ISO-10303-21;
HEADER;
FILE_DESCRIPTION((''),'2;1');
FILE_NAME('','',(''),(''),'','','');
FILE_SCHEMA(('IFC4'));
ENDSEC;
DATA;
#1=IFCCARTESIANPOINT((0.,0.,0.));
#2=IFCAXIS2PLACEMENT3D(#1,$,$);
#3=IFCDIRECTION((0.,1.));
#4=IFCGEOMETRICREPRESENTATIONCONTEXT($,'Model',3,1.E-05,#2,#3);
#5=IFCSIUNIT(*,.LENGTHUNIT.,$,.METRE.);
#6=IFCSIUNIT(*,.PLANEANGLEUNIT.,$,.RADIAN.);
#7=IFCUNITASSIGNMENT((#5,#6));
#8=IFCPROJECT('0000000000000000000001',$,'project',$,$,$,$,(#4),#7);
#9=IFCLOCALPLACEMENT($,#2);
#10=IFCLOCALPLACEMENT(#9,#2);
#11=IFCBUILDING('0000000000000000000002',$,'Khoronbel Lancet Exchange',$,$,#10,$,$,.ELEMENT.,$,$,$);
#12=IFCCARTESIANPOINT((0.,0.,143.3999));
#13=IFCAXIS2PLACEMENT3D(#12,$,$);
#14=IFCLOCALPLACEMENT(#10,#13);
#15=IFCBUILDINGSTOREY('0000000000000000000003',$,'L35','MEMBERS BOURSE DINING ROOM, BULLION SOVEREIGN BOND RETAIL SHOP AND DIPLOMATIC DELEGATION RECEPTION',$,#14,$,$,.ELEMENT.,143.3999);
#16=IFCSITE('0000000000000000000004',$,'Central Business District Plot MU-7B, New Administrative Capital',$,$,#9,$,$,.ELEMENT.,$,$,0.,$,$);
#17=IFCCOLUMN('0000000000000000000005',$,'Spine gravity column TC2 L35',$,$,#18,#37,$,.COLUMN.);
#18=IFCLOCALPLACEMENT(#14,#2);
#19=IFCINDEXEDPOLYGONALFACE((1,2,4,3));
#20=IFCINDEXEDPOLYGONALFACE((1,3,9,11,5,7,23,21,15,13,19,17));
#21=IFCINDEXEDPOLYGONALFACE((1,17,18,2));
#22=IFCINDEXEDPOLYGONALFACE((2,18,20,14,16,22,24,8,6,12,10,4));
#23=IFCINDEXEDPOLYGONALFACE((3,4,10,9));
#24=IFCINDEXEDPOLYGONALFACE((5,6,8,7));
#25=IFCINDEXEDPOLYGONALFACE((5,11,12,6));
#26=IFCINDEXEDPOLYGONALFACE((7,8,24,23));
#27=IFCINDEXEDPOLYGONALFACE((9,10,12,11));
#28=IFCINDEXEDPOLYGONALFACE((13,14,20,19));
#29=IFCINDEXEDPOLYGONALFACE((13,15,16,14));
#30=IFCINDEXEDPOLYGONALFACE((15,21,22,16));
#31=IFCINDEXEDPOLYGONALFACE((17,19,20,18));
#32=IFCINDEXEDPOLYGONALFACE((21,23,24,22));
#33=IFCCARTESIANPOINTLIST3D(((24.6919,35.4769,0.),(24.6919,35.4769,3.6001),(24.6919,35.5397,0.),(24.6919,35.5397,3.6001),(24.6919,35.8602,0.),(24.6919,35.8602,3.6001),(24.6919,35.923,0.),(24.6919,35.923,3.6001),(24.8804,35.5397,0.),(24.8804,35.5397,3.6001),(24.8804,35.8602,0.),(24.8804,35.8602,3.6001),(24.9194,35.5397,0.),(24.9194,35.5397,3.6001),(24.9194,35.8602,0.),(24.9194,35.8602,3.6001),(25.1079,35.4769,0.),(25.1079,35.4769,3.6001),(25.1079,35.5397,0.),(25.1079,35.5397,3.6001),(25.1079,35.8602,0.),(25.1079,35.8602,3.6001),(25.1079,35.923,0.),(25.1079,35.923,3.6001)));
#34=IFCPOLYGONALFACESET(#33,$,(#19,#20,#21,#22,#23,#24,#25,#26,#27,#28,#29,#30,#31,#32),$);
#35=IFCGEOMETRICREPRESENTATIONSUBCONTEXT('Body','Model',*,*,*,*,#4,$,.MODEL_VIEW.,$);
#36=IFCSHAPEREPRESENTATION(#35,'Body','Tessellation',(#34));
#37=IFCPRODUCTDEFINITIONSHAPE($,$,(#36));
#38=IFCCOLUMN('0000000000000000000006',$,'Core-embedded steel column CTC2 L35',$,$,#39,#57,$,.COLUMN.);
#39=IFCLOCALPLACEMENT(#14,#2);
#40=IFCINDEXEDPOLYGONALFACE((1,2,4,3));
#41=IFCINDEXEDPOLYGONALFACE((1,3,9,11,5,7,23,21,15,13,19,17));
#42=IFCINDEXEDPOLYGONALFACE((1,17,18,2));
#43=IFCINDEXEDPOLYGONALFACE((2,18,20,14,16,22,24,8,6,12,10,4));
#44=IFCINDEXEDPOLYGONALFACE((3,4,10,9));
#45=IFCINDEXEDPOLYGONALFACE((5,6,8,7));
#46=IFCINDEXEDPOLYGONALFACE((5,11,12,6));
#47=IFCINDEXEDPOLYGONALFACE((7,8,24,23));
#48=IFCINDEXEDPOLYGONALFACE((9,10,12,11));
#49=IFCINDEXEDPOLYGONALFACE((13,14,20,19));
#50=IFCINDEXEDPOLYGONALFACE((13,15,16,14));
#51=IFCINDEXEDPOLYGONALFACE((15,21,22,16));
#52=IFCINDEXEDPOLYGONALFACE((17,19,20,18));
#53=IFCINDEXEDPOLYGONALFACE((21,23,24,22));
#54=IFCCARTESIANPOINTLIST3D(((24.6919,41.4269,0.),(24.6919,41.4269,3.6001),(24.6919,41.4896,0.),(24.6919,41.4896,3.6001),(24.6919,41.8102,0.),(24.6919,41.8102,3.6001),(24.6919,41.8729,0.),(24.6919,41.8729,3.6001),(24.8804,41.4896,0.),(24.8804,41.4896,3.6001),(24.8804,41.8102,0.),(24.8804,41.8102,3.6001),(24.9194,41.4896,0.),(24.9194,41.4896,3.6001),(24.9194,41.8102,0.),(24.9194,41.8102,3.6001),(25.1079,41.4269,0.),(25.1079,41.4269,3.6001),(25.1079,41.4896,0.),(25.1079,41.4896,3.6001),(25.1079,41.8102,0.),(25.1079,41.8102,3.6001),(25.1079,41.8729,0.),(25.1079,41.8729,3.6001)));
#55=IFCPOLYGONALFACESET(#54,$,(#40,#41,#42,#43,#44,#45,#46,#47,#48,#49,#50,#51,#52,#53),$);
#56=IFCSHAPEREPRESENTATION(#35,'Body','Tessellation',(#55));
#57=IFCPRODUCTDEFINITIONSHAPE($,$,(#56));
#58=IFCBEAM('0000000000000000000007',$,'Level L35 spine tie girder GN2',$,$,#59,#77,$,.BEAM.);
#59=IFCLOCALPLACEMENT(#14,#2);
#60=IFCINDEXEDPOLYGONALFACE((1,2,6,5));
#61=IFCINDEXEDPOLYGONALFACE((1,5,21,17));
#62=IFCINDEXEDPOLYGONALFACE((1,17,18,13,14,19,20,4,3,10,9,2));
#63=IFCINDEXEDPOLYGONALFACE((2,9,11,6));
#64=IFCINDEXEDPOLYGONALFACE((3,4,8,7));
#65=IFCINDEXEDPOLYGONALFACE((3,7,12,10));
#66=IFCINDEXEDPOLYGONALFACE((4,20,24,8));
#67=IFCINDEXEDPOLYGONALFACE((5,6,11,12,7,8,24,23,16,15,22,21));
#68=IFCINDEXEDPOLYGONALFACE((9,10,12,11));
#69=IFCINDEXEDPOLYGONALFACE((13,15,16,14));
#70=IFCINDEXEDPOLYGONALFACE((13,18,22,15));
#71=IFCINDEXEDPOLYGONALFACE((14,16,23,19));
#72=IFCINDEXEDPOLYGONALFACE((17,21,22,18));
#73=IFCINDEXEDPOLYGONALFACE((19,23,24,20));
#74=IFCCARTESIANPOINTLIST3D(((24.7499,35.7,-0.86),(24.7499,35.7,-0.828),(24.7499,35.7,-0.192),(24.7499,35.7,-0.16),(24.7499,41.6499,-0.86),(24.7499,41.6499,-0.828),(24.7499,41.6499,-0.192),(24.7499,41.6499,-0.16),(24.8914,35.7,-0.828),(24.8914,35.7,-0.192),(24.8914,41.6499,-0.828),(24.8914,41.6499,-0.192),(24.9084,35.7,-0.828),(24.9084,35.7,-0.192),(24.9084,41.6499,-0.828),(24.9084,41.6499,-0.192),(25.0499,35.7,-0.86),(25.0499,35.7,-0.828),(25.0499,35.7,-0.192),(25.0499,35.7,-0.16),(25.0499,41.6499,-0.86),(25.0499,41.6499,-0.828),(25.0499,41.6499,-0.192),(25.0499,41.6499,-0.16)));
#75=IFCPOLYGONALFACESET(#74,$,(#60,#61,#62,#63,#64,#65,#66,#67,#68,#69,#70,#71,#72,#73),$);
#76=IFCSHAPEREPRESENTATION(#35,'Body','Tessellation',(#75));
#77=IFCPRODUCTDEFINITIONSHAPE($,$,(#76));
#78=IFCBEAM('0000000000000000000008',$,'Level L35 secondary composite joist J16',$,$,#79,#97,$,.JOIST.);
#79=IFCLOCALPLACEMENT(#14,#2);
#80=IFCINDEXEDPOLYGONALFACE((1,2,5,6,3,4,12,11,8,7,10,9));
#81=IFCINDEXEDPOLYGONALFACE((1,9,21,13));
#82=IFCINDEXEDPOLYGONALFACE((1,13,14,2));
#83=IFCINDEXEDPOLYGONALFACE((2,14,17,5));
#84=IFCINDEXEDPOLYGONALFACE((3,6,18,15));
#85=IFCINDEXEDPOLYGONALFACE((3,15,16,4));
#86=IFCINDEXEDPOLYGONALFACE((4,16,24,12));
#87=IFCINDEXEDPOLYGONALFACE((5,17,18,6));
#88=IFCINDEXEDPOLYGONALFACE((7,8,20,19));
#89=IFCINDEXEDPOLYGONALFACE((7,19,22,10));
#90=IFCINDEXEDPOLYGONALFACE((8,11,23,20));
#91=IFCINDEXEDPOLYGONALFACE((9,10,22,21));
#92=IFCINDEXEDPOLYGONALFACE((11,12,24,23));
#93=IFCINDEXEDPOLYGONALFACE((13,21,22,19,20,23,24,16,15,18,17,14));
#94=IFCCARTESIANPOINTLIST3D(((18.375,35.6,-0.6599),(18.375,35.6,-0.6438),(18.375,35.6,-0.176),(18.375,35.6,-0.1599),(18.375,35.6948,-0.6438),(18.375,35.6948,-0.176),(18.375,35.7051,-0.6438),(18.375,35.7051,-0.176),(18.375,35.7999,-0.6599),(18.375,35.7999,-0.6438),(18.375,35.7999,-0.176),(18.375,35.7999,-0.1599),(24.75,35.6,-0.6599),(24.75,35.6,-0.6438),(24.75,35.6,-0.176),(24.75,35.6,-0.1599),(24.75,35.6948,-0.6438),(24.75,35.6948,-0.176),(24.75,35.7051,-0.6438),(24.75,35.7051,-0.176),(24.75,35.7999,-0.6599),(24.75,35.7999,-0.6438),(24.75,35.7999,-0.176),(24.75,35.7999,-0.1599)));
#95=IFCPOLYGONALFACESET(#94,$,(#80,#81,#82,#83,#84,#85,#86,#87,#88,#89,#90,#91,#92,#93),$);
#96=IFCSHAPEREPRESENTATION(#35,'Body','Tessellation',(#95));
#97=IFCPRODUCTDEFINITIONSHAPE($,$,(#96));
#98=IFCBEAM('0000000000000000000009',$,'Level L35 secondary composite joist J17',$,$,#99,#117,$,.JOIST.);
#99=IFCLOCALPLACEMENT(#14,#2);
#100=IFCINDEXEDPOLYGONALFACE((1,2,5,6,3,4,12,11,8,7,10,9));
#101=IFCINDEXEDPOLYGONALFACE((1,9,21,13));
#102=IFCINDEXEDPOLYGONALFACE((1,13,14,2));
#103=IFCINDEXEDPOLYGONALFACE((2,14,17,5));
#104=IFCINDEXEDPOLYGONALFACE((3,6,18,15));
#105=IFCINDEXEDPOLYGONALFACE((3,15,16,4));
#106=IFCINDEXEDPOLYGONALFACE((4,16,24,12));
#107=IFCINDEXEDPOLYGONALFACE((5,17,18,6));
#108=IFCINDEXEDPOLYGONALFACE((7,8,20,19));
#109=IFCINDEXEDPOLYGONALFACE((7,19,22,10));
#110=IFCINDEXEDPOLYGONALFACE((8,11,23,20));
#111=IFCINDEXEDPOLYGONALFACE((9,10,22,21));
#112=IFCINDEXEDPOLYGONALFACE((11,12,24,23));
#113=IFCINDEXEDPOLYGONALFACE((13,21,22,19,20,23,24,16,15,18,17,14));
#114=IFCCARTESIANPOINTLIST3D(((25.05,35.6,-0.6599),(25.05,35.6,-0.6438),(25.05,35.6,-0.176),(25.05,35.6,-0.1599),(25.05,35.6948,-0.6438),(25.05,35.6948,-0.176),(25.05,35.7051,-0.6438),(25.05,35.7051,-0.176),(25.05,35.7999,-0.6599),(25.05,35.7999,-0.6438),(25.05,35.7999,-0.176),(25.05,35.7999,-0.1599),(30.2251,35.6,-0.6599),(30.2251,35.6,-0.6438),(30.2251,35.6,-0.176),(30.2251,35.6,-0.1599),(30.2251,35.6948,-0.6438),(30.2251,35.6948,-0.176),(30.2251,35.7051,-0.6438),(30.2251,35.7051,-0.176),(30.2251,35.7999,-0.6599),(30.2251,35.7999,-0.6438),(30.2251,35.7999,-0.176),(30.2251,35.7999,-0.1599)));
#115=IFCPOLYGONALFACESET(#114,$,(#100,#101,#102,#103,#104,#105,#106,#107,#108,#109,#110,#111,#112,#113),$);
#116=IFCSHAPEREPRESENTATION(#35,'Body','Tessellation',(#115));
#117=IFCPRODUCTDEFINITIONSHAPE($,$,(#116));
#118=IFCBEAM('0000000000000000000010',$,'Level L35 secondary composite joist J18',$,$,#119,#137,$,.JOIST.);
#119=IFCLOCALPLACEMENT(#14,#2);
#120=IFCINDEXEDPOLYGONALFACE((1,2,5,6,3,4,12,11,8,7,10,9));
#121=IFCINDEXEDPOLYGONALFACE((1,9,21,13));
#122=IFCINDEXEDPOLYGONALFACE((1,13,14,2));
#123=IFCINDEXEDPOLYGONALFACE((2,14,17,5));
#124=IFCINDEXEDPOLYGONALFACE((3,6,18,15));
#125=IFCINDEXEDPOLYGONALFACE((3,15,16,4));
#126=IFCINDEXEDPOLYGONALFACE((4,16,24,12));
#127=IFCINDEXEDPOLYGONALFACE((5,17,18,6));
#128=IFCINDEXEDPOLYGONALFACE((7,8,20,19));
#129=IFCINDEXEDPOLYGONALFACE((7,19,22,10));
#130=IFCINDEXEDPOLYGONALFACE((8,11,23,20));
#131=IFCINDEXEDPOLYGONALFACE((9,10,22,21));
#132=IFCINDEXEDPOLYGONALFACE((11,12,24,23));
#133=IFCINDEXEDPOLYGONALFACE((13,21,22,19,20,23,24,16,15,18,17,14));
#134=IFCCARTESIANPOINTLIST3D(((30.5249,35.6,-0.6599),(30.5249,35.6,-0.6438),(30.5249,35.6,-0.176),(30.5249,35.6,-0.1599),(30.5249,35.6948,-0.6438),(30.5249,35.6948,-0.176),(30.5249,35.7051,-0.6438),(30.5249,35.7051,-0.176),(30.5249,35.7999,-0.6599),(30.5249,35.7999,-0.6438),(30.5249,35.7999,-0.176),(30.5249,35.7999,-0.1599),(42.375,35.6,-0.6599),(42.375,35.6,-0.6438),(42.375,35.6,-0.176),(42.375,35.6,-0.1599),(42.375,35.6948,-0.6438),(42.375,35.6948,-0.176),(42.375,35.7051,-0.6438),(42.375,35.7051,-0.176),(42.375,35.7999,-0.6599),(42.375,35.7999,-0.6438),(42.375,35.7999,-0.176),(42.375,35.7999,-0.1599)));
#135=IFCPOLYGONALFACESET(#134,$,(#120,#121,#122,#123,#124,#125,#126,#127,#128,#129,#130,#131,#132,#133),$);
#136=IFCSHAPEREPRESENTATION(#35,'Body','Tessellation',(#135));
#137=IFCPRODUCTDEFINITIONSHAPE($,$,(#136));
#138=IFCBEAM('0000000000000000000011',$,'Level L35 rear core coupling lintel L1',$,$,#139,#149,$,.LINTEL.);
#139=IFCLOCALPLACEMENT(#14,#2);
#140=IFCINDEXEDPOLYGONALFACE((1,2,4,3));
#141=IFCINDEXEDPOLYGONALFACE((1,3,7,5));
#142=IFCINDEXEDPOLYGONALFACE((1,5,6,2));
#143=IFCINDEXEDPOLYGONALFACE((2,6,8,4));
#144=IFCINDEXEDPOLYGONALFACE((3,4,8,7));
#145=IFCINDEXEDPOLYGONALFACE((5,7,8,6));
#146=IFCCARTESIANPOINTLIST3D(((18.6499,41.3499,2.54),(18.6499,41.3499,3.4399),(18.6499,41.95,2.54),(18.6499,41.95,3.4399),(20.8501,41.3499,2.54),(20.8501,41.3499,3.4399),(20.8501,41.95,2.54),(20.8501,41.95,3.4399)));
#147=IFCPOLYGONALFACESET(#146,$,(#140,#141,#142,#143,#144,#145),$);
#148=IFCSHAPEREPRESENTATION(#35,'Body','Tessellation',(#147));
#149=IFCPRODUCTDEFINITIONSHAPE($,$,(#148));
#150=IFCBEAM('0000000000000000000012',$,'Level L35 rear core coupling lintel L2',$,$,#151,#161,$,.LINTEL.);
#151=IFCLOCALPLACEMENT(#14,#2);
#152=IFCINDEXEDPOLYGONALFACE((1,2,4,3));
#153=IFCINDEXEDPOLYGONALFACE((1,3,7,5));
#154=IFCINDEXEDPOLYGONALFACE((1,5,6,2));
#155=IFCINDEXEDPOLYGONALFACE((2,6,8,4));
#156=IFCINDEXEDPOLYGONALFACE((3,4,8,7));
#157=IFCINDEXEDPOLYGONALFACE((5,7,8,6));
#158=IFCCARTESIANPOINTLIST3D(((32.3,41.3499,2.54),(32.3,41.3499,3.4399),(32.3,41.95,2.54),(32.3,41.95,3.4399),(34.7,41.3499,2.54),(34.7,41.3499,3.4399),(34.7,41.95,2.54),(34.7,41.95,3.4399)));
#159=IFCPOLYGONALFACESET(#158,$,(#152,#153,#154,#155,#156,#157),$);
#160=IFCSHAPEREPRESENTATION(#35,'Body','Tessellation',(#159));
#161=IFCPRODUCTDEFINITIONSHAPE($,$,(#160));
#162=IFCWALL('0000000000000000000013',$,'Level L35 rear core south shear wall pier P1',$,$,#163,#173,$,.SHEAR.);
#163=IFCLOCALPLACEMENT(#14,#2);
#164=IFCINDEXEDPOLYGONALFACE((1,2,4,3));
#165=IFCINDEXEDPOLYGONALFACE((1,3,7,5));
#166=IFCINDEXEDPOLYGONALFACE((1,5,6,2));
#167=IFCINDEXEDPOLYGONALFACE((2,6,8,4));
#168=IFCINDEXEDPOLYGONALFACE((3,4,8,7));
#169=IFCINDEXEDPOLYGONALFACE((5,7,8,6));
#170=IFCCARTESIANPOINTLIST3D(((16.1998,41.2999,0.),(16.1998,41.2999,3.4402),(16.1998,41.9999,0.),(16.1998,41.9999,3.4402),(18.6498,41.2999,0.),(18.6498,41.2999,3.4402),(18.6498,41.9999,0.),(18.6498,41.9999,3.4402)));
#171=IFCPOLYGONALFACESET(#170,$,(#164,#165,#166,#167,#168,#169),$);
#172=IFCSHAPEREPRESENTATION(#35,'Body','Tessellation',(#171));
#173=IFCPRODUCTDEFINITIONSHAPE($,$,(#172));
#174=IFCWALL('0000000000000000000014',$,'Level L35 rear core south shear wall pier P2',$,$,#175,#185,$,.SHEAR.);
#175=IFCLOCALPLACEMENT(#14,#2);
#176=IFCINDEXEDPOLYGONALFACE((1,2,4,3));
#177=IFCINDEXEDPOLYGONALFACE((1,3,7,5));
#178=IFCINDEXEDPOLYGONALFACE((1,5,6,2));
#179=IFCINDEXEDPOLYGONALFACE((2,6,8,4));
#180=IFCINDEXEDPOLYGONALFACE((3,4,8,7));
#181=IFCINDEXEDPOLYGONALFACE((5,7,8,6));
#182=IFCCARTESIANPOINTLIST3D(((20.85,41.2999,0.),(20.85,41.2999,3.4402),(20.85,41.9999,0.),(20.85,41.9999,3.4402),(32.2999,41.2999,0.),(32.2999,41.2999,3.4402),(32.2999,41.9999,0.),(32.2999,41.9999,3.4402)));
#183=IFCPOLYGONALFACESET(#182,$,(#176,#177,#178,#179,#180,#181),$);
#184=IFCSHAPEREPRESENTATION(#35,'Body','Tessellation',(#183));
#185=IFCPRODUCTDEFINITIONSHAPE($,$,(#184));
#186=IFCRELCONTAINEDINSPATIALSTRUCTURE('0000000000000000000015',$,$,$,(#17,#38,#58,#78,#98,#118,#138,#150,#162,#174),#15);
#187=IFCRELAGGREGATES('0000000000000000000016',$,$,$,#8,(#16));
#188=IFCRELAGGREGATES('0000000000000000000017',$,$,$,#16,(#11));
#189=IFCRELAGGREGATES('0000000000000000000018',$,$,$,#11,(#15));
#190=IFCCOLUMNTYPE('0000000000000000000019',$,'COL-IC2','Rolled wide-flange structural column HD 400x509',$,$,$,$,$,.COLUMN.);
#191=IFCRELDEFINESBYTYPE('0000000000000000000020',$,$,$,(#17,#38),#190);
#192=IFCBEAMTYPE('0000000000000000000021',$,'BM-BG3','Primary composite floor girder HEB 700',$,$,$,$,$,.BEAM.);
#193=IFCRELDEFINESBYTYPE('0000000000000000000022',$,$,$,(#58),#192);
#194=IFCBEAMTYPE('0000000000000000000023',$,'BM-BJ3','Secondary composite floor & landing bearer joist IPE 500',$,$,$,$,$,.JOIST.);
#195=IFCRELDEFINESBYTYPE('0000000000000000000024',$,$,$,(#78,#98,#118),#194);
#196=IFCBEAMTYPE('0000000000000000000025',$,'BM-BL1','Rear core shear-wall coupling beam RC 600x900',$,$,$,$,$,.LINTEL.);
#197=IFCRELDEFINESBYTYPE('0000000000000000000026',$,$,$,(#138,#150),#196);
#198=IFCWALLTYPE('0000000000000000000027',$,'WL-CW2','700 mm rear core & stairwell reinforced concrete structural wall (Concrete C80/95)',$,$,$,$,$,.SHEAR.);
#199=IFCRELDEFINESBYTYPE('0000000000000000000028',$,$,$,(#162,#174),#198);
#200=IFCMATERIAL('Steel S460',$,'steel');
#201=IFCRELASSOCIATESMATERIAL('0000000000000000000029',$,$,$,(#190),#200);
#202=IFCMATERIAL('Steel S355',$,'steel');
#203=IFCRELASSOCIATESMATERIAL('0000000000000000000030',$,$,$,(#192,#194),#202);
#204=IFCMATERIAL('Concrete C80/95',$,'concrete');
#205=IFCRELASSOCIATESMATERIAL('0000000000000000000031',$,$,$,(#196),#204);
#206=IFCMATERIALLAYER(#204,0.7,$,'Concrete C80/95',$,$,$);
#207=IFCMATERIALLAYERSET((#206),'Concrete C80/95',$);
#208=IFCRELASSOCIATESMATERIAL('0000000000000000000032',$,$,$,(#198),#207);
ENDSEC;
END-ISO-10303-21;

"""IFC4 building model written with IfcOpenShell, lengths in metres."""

from ifc_helpers import new_model, si_unit, direction, frame, frame_2d, origin, origin_2d, place, context, subcontext, project, spatial, rectangle, i_section, extrude, material, layer, layer_set, material_profile, profile_set, type_object, element, save


model = new_model("IFC4")

# Units and contexts
model_context = context("Model", 3, precision=1e-05, world=origin(), true_north=direction((0.0, 1.0)))
body_context = subcontext(model_context, "Body", "Model", "MODEL_VIEW")
ifc_project = project(units=[si_unit("LENGTHUNIT", "METRE"), si_unit("PLANEANGLEUNIT", "RADIAN")], contexts=[model_context])

# Site, building, storey
site_placement = place(None, origin())
site = spatial("IfcSite", under=ifc_project, at=site_placement, Name="Central Business District Plot MU-7B, New Administrative Capital", CompositionType="ELEMENT", RefElevation=0.0)
building_placement = place(site_placement, origin())
building = spatial("IfcBuilding", under=site, at=building_placement, Name="Khoronbel Lancet Exchange", CompositionType="ELEMENT")
storey_placement = place(building_placement, frame((0.0, 0.0, 143.3999)))
storey = spatial("IfcBuildingStorey", under=building, at=storey_placement, Name="L35", Description="MEMBERS BOURSE DINING ROOM, BULLION SOVEREIGN BOND RETAIL SHOP AND DIPLOMATIC DELEGATION RECEPTION", CompositionType="ELEMENT", Elevation=143.3999)

# Columns
ifc_material_1 = material(Name="Steel S460", Category="steel")
ifc_material_profile_1 = material_profile(ifc_material_1, i_section(OverallWidth=0.416, OverallDepth=0.446, WebThickness=0.0391, FlangeThickness=0.0627, at=origin_2d()), Name="HD 400x509")
ifc_profile_set_1 = profile_set([ifc_material_profile_1], Name="Steel S460")
column_type = type_object("IfcColumnType", Name="COL-IC2", Description="Rolled wide-flange structural column HD 400x509", PredefinedType="COLUMN", material=ifc_profile_set_1)
for number, where, z_axis, x_axis, name in (
    (1, (24.8999, 35.7, 0.0), (0.0, 0.0, 1.0), (1.0, 0.0, 0.0), "Spine gravity column TC2 L35"),
    (2, (24.8999, 41.6499, 0.0), (0.0, 0.0, 1.0), (1.0, 0.0, 0.0), "Core-embedded steel column CTC2 L35"),
):
    element("IfcColumn", number, at=place(storey_placement, frame(where, z_axis=z_axis, x_axis=x_axis)), inside=storey, type_object=column_type, Name=name, PredefinedType="COLUMN", context=body_context, shape_type="SweptSolid", body=[
        extrude(i_section(OverallWidth=0.416, OverallDepth=0.446, WebThickness=0.0391, FlangeThickness=0.0627, at=origin_2d()), origin(), (0.0, 0.0, 1.0), 3.6001),
    ])

# Beams
ifc_material_2 = material(Name="Steel S355", Category="steel")
ifc_material_profile_2 = material_profile(ifc_material_2, i_section(OverallWidth=0.3, OverallDepth=0.7, WebThickness=0.0171, FlangeThickness=0.032, at=origin_2d()), Name="HEB 700")
ifc_profile_set_2 = profile_set([ifc_material_profile_2], Name="Steel S355")
beam_type_1 = type_object("IfcBeamType", Name="BM-BG3", Description="Primary composite floor girder HEB 700", PredefinedType="BEAM", material=ifc_profile_set_2)
beam_1_placement = place(storey_placement, frame((24.8999, 35.7, -0.51), z_axis=(0.0, 1.0, 0.0), x_axis=(-1.0, 0.0, 0.0)))
element("IfcBeam", 3, at=beam_1_placement, inside=storey, type_object=beam_type_1, Name="Level L35 spine tie girder GN2", PredefinedType="BEAM", context=body_context, shape_type="SweptSolid", body=[
    extrude(i_section(OverallWidth=0.3, OverallDepth=0.7, WebThickness=0.0171, FlangeThickness=0.032, at=origin_2d()), origin(), (0.0, 0.0, 1.0), 5.95),
])
ifc_material_profile_3 = material_profile(ifc_material_2, i_section(OverallWidth=0.2, OverallDepth=0.5, WebThickness=0.0103, FlangeThickness=0.0161, at=origin_2d()), Name="IPE 500")
ifc_profile_set_3 = profile_set([ifc_material_profile_3], Name="Steel S355")
beam_type_2 = type_object("IfcBeamType", Name="BM-BJ3", Description="Secondary composite floor & landing bearer joist IPE 500", PredefinedType="JOIST", material=ifc_profile_set_3)
beam_2_placement = place(storey_placement, frame((18.375, 35.7, -0.4099), z_axis=(1.0, 0.0, 0.0), x_axis=(0.0, 1.0, 0.0)))
element("IfcBeam", 4, at=beam_2_placement, inside=storey, type_object=beam_type_2, Name="Level L35 secondary composite joist J16", PredefinedType="JOIST", context=body_context, shape_type="SweptSolid", body=[
    extrude(i_section(OverallWidth=0.2, OverallDepth=0.5, WebThickness=0.0103, FlangeThickness=0.0161, at=origin_2d()), origin(), (0.0, 0.0, 1.0), 6.375),
])
beam_3_placement = place(storey_placement, frame((25.05, 35.7, -0.4099), z_axis=(1.0, 0.0, 0.0), x_axis=(0.0, 1.0, 0.0)))
element("IfcBeam", 5, at=beam_3_placement, inside=storey, type_object=beam_type_2, Name="Level L35 secondary composite joist J17", PredefinedType="JOIST", context=body_context, shape_type="SweptSolid", body=[
    extrude(i_section(OverallWidth=0.2, OverallDepth=0.5, WebThickness=0.0103, FlangeThickness=0.0161, at=origin_2d()), origin(), (0.0, 0.0, 1.0), 5.175),
])
beam_4_placement = place(storey_placement, frame((30.5249, 35.7, -0.4099), z_axis=(1.0, 0.0, 0.0), x_axis=(0.0, 1.0, 0.0)))
element("IfcBeam", 6, at=beam_4_placement, inside=storey, type_object=beam_type_2, Name="Level L35 secondary composite joist J18", PredefinedType="JOIST", context=body_context, shape_type="SweptSolid", body=[
    extrude(i_section(OverallWidth=0.2, OverallDepth=0.5, WebThickness=0.0103, FlangeThickness=0.0161, at=origin_2d()), origin(), (0.0, 0.0, 1.0), 11.8501),
])
ifc_material_3 = material(Name="Concrete C80/95", Category="concrete")
ifc_material_profile_4 = material_profile(ifc_material_3, rectangle(XDim=0.6001, YDim=0.8999, at=origin_2d()), Name="RC 600x900")
ifc_profile_set_4 = profile_set([ifc_material_profile_4], Name="Concrete C80/95")
beam_type_3 = type_object("IfcBeamType", Name="BM-BL1", Description="Rear core shear-wall coupling beam RC 600x900", PredefinedType="LINTEL", material=ifc_profile_set_4)
beam_5_placement = place(storey_placement, frame((18.6499, 41.6499, 2.99), z_axis=(1.0, 0.0, 0.0), x_axis=(0.0, 1.0, 0.0)))
element("IfcBeam", 7, at=beam_5_placement, inside=storey, type_object=beam_type_3, Name="Level L35 rear core coupling lintel L1", PredefinedType="LINTEL", context=body_context, shape_type="SweptSolid", body=[
    extrude(rectangle(XDim=0.6001, YDim=0.8999, at=origin_2d()), origin(), (0.0, 0.0, 1.0), 2.2002),
])
beam_6_placement = place(storey_placement, frame((32.3, 41.6499, 2.99), z_axis=(1.0, 0.0, 0.0), x_axis=(0.0, 1.0, 0.0)))
element("IfcBeam", 8, at=beam_6_placement, inside=storey, type_object=beam_type_3, Name="Level L35 rear core coupling lintel L2", PredefinedType="LINTEL", context=body_context, shape_type="SweptSolid", body=[
    extrude(rectangle(XDim=0.6001, YDim=0.8999, at=origin_2d()), origin(), (0.0, 0.0, 1.0), 2.3999),
])

# Walls
ifc_layer_1 = layer(ifc_material_3, 0.7, Name="Concrete C80/95")
ifc_layer_set_1 = layer_set([ifc_layer_1], Name="Concrete C80/95")
wall_type_1 = type_object("IfcWallType", Name="WL-CW2", Description="700 mm rear core & stairwell reinforced concrete structural wall (Concrete C80/95)", PredefinedType="SHEAR", material=ifc_layer_set_1)
wall_1_placement = place(storey_placement, frame((18.6499, 41.6499, 0.0), z_axis=(0.0, 0.0, 1.0), x_axis=(-1.0, 0.0, 0.0)))
element("IfcWall", 9, at=wall_1_placement, inside=storey, type_object=wall_type_1, Name="Level L35 rear core south shear wall pier P1", PredefinedType="SHEAR", context=body_context, shape_type="SweptSolid", body=[
    extrude(rectangle(XDim=2.45, YDim=0.7, at=frame_2d((1.2251, 0.0))), origin(), (0.0, 0.0, 1.0), 3.4402),
])
wall_2_placement = place(storey_placement, frame((32.3, 41.6499, 0.0), z_axis=(0.0, 0.0, 1.0), x_axis=(-1.0, 0.0, 0.0)))
element("IfcWall", 10, at=wall_2_placement, inside=storey, type_object=wall_type_1, Name="Level L35 rear core south shear wall pier P2", PredefinedType="SHEAR", context=body_context, shape_type="SweptSolid", body=[
    extrude(rectangle(XDim=11.45, YDim=0.7, at=frame_2d((5.7251, 0.0))), origin(), (0.0, 0.0, 1.0), 3.4402),
])

save(model, "model.ifc")
